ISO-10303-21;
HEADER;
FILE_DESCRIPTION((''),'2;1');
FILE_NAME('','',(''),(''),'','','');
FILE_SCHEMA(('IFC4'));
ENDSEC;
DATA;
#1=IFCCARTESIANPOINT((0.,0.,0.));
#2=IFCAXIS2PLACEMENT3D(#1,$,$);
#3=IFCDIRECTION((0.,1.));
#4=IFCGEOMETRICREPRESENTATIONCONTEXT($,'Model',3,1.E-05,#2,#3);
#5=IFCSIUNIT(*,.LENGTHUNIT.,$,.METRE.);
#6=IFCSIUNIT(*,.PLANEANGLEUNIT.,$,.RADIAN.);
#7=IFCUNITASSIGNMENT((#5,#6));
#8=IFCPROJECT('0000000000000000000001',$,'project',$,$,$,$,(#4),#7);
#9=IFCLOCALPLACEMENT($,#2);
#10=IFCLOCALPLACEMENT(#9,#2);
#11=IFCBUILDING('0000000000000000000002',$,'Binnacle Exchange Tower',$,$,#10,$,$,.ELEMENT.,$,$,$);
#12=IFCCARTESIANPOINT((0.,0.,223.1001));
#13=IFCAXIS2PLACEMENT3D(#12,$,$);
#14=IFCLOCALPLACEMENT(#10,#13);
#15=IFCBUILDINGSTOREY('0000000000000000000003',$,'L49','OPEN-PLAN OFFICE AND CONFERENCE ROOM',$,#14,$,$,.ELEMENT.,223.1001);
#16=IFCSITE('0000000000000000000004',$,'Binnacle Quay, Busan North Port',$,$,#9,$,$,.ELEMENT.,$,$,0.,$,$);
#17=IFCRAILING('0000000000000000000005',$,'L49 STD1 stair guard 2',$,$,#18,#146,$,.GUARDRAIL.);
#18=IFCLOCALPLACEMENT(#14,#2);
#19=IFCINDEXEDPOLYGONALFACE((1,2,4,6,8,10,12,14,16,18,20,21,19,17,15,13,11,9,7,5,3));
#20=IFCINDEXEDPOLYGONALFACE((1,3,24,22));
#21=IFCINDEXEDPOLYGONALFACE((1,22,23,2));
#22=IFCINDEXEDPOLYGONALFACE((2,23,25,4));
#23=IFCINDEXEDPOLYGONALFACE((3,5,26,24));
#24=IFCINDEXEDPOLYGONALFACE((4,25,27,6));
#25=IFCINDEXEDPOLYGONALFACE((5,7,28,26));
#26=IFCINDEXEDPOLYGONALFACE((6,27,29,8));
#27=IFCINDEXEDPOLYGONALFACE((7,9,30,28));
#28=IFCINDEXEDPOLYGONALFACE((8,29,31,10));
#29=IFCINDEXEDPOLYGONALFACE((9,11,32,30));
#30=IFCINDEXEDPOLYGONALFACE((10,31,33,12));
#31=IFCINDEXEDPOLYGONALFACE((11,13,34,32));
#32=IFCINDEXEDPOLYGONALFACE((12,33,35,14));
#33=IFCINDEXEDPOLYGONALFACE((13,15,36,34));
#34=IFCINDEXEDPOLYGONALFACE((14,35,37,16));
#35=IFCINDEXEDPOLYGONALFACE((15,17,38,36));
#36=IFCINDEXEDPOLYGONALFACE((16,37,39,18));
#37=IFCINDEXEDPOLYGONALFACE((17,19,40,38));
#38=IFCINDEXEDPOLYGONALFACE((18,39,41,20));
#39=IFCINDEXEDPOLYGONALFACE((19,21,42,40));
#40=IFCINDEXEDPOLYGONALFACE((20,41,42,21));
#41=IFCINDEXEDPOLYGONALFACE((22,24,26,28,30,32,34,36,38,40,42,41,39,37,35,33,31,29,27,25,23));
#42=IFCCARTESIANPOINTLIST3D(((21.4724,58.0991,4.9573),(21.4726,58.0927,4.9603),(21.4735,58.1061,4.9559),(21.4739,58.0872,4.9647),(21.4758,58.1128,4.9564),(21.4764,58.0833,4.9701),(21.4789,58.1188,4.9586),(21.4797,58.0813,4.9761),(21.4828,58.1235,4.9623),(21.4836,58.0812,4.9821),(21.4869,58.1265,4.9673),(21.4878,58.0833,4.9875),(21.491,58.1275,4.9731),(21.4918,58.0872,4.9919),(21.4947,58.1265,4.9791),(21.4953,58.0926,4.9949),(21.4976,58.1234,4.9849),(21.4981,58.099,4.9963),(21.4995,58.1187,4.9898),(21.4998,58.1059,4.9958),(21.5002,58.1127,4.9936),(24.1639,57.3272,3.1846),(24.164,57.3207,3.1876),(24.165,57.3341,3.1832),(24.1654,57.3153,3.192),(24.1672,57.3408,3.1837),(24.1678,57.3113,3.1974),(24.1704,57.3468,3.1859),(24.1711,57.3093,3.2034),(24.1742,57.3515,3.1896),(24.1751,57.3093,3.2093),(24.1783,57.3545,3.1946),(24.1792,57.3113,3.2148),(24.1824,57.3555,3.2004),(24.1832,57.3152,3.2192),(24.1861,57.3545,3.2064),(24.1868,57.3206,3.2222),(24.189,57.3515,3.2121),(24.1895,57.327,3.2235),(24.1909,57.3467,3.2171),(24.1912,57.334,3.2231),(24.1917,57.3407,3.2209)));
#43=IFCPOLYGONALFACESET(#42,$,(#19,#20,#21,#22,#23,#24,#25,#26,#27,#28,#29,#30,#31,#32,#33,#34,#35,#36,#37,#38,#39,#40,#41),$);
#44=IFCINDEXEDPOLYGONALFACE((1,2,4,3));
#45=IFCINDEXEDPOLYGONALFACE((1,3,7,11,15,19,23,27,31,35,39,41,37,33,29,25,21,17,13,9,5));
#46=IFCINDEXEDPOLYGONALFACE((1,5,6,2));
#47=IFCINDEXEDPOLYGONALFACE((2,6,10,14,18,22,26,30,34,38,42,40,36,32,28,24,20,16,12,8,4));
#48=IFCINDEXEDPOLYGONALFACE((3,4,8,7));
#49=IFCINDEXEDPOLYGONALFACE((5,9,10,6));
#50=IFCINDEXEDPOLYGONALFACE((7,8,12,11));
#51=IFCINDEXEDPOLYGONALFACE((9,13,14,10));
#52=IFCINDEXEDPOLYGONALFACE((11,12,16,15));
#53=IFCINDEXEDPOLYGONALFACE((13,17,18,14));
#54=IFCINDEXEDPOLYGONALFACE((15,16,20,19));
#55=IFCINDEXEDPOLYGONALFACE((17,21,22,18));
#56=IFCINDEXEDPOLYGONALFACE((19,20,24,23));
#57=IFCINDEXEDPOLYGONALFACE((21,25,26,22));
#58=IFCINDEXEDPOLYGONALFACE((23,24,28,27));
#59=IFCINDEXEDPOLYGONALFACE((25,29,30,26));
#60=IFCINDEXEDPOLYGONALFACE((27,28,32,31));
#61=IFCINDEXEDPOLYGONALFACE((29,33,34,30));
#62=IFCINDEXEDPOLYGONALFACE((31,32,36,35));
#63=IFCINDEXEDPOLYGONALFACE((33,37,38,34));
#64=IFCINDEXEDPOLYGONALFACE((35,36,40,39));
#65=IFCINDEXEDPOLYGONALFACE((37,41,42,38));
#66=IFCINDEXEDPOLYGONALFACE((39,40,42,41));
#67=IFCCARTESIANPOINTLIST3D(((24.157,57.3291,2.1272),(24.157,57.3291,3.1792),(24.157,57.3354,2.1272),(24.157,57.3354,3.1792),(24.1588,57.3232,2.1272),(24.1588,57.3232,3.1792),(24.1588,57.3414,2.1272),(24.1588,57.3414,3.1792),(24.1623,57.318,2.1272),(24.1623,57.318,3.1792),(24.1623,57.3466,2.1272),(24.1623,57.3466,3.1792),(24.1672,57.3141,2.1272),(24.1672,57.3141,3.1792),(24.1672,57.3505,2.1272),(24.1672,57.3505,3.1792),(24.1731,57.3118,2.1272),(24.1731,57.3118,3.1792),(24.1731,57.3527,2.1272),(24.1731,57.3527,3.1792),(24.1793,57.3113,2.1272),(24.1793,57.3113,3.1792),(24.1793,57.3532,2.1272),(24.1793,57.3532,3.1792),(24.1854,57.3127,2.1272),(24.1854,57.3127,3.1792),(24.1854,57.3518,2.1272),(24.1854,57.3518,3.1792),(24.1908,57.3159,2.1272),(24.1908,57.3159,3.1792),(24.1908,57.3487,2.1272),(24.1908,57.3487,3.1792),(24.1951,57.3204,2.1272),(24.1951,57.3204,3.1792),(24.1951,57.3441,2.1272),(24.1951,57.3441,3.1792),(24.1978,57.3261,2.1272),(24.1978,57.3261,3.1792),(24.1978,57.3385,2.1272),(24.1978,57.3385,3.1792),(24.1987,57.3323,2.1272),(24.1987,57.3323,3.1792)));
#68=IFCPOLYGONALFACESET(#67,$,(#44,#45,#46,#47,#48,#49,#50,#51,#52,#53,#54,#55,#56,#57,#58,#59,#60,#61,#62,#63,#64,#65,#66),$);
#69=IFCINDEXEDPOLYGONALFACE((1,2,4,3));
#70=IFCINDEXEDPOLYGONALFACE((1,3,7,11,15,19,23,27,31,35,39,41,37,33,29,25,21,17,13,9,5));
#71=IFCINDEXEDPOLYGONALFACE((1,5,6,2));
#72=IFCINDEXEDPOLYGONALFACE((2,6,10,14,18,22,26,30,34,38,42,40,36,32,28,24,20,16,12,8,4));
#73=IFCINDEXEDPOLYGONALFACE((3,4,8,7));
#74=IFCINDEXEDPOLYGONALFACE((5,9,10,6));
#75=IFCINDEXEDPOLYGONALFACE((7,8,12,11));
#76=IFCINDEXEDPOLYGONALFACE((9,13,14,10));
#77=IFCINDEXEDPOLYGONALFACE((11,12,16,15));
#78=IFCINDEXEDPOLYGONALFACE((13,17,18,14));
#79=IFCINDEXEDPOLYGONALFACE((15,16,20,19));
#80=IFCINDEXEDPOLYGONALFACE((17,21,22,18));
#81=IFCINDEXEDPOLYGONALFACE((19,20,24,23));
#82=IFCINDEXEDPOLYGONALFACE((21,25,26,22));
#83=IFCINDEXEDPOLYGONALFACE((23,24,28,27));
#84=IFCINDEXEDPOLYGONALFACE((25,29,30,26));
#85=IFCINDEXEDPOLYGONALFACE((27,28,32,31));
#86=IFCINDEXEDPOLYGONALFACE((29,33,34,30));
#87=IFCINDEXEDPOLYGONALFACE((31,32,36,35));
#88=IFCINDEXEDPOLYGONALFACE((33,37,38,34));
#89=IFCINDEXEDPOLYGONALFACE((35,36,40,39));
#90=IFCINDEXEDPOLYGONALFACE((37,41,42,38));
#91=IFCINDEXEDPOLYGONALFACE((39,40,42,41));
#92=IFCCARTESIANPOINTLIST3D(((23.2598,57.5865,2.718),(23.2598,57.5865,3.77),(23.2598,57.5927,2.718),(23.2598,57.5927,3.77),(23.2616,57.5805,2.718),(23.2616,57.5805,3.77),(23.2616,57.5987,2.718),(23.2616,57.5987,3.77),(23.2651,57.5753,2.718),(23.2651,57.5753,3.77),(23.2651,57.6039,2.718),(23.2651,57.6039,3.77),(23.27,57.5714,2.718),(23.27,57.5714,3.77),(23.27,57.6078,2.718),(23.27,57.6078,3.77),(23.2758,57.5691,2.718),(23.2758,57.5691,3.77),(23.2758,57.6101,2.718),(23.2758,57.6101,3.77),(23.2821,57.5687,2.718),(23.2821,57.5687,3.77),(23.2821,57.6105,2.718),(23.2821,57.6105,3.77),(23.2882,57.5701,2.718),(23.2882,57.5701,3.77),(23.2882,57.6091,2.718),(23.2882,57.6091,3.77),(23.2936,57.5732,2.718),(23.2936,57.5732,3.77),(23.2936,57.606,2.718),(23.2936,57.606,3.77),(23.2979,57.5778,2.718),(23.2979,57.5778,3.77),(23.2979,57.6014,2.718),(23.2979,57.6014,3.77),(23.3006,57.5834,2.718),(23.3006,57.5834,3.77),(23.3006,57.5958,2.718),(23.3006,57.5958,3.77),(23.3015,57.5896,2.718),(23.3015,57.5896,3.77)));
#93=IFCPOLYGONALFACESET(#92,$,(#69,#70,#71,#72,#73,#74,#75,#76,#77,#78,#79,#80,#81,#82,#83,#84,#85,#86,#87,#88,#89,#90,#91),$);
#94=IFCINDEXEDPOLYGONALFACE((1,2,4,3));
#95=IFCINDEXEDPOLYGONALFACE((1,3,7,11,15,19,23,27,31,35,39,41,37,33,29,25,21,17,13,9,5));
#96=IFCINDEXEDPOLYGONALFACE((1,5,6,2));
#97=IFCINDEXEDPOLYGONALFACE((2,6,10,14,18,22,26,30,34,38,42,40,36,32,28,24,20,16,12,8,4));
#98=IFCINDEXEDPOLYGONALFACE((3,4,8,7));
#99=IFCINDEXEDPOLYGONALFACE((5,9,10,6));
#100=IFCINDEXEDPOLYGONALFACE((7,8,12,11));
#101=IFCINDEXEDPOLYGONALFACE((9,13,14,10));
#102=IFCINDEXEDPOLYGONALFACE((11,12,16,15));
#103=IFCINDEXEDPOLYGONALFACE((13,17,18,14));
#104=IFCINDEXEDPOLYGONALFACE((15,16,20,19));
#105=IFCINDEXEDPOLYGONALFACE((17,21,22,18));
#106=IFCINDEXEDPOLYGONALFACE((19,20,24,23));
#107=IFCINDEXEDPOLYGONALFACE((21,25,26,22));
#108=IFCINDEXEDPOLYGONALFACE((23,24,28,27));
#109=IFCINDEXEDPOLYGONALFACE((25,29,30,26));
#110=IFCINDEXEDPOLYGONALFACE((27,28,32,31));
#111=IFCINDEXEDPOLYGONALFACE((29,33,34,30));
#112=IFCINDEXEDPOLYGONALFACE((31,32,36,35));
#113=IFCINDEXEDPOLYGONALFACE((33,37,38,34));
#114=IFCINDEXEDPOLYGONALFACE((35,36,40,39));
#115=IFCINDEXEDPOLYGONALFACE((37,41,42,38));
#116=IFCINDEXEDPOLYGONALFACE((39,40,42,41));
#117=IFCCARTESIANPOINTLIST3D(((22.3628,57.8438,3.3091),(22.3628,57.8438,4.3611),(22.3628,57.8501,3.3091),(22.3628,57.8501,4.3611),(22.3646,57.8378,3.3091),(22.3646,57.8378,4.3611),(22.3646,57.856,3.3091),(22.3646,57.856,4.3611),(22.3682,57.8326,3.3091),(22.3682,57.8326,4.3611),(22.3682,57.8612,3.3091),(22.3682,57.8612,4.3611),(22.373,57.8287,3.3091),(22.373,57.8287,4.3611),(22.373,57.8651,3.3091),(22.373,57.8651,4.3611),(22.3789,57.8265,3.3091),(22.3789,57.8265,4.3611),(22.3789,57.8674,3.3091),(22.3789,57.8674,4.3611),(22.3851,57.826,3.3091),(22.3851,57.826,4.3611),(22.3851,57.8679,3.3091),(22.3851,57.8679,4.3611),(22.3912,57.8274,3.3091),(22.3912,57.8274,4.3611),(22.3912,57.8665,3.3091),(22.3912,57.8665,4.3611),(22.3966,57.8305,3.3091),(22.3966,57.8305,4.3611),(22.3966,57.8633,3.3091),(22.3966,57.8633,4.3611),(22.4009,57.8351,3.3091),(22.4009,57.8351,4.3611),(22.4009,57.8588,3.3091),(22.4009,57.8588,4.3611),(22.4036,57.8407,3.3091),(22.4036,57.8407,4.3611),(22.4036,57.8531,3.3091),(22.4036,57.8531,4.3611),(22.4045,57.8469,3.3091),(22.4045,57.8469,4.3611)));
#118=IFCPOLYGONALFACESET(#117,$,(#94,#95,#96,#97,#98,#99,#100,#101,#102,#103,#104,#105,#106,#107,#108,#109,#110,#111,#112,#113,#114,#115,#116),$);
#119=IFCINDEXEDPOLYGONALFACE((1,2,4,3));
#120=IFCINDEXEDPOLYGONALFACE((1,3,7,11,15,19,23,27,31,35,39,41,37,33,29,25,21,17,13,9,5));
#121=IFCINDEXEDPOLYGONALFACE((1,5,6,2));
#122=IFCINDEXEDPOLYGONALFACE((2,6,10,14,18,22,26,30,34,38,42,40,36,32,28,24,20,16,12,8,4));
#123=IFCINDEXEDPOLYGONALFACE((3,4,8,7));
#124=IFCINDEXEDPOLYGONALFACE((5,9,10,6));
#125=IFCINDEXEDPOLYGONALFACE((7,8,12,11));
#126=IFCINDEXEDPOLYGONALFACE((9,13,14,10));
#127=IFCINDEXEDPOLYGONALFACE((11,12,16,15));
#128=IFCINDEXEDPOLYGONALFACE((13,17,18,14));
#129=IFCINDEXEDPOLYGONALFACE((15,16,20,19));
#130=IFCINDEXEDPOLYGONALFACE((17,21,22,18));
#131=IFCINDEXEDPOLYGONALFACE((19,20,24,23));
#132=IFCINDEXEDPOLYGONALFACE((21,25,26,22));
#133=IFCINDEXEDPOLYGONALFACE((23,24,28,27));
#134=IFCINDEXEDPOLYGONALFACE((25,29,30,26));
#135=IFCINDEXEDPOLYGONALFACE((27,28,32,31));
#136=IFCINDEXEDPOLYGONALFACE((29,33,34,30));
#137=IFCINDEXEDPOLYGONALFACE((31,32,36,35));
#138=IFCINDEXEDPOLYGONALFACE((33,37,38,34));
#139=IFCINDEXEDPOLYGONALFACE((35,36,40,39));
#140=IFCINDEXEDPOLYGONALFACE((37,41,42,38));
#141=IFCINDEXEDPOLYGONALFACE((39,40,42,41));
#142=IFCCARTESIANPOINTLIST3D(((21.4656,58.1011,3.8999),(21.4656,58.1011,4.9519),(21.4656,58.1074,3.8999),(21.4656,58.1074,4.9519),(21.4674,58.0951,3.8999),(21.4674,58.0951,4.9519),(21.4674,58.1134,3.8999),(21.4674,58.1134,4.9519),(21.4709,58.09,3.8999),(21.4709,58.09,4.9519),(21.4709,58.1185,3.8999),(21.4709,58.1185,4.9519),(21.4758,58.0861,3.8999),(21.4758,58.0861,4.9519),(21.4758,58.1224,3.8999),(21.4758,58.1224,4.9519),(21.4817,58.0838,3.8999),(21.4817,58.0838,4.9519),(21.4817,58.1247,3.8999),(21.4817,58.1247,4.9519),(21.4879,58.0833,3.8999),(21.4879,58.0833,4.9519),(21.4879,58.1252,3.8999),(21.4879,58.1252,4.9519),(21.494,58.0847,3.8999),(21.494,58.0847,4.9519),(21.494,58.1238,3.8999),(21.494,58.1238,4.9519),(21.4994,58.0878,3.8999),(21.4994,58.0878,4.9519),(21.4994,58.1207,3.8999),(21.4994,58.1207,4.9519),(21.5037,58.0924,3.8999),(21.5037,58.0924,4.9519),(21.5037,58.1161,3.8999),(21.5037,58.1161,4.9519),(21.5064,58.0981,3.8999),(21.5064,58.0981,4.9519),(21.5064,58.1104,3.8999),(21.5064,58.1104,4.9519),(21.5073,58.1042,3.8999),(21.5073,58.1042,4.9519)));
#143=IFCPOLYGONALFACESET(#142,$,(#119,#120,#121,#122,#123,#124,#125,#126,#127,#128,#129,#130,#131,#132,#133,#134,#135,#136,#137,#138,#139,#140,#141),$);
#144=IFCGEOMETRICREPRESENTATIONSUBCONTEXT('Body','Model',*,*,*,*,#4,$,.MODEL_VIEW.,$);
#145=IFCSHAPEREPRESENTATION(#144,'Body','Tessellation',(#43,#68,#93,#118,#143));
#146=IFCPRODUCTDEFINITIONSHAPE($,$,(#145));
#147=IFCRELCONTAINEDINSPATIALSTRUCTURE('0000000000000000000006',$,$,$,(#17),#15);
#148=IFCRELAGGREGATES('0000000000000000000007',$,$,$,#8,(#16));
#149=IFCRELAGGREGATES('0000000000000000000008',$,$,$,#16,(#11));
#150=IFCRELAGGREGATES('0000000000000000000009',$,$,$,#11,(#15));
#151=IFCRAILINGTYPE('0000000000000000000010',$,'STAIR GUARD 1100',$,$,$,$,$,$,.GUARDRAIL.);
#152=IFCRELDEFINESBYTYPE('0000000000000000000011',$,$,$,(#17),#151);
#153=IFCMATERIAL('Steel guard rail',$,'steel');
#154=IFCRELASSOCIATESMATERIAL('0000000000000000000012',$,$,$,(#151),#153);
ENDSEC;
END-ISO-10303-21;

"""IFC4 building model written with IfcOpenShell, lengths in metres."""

from ifc_helpers import new_model, si_unit, direction, frame, origin, origin_2d, place, context, subcontext, project, spatial, circle, extrude, material, type_object, element, save


model = new_model("IFC4")

# Units and contexts
model_context = context("Model", 3, precision=1e-05, world=origin(), true_north=direction((0.0, 1.0)))
body_context = subcontext(model_context, "Body", "Model", "MODEL_VIEW")
ifc_project = project(units=[si_unit("LENGTHUNIT", "METRE"), si_unit("PLANEANGLEUNIT", "RADIAN")], contexts=[model_context])

# Site, building, storey
site_placement = place(None, origin())
site = spatial("IfcSite", under=ifc_project, at=site_placement, Name="Binnacle Quay, Busan North Port", CompositionType="ELEMENT", RefElevation=0.0)
building_placement = place(site_placement, origin())
building = spatial("IfcBuilding", under=site, at=building_placement, Name="Binnacle Exchange Tower", CompositionType="ELEMENT")
storey_placement = place(building_placement, frame((0.0, 0.0, 223.1001)))
storey = spatial("IfcBuildingStorey", under=building, at=storey_placement, Name="L49", Description="OPEN-PLAN OFFICE AND CONFERENCE ROOM", CompositionType="ELEMENT", Elevation=223.1001)

# Railing
ifc_material_1 = material(Name="Steel guard rail", Category="steel")
railing_type = type_object("IfcRailingType", Name="STAIR GUARD 1100", PredefinedType="GUARDRAIL", material=ifc_material_1)
railing_1_placement = place(storey_placement, frame((24.1777, 57.3323, 2.1272)))
element("IfcRailing", 1, at=railing_1_placement, inside=storey, type_object=railing_type, Name="L49 STD1 stair guard 2", PredefinedType="GUARDRAIL", context=body_context, shape_type="SweptSolid", body=[
    extrude(circle(Radius=0.0239, at=origin_2d()), frame((0.0, 0.0, 1.0762), z_axis=(-0.812151, 0.232948, 0.534926), x_axis=(-0.275711, -0.96124, 0.0)), (0.0, 0.0, 1.0), 3.314),
    extrude(circle(Radius=0.021, at=origin_2d()), origin(), (0.0, 0.0, 1.0), 1.052),
    extrude(circle(Radius=0.021, at=origin_2d()), frame((-0.8972, 0.2573, 0.5908)), (0.0, 0.0, 1.0), 1.052),
    extrude(circle(Radius=0.021, at=origin_2d()), frame((-1.7942, 0.5146, 1.1819)), (0.0, 0.0, 1.0), 1.052),
    extrude(circle(Radius=0.021, at=origin_2d()), frame((-2.6914, 0.772, 1.7727)), (0.0, 0.0, 1.0), 1.052),
])

save(model, "model.ifc")
